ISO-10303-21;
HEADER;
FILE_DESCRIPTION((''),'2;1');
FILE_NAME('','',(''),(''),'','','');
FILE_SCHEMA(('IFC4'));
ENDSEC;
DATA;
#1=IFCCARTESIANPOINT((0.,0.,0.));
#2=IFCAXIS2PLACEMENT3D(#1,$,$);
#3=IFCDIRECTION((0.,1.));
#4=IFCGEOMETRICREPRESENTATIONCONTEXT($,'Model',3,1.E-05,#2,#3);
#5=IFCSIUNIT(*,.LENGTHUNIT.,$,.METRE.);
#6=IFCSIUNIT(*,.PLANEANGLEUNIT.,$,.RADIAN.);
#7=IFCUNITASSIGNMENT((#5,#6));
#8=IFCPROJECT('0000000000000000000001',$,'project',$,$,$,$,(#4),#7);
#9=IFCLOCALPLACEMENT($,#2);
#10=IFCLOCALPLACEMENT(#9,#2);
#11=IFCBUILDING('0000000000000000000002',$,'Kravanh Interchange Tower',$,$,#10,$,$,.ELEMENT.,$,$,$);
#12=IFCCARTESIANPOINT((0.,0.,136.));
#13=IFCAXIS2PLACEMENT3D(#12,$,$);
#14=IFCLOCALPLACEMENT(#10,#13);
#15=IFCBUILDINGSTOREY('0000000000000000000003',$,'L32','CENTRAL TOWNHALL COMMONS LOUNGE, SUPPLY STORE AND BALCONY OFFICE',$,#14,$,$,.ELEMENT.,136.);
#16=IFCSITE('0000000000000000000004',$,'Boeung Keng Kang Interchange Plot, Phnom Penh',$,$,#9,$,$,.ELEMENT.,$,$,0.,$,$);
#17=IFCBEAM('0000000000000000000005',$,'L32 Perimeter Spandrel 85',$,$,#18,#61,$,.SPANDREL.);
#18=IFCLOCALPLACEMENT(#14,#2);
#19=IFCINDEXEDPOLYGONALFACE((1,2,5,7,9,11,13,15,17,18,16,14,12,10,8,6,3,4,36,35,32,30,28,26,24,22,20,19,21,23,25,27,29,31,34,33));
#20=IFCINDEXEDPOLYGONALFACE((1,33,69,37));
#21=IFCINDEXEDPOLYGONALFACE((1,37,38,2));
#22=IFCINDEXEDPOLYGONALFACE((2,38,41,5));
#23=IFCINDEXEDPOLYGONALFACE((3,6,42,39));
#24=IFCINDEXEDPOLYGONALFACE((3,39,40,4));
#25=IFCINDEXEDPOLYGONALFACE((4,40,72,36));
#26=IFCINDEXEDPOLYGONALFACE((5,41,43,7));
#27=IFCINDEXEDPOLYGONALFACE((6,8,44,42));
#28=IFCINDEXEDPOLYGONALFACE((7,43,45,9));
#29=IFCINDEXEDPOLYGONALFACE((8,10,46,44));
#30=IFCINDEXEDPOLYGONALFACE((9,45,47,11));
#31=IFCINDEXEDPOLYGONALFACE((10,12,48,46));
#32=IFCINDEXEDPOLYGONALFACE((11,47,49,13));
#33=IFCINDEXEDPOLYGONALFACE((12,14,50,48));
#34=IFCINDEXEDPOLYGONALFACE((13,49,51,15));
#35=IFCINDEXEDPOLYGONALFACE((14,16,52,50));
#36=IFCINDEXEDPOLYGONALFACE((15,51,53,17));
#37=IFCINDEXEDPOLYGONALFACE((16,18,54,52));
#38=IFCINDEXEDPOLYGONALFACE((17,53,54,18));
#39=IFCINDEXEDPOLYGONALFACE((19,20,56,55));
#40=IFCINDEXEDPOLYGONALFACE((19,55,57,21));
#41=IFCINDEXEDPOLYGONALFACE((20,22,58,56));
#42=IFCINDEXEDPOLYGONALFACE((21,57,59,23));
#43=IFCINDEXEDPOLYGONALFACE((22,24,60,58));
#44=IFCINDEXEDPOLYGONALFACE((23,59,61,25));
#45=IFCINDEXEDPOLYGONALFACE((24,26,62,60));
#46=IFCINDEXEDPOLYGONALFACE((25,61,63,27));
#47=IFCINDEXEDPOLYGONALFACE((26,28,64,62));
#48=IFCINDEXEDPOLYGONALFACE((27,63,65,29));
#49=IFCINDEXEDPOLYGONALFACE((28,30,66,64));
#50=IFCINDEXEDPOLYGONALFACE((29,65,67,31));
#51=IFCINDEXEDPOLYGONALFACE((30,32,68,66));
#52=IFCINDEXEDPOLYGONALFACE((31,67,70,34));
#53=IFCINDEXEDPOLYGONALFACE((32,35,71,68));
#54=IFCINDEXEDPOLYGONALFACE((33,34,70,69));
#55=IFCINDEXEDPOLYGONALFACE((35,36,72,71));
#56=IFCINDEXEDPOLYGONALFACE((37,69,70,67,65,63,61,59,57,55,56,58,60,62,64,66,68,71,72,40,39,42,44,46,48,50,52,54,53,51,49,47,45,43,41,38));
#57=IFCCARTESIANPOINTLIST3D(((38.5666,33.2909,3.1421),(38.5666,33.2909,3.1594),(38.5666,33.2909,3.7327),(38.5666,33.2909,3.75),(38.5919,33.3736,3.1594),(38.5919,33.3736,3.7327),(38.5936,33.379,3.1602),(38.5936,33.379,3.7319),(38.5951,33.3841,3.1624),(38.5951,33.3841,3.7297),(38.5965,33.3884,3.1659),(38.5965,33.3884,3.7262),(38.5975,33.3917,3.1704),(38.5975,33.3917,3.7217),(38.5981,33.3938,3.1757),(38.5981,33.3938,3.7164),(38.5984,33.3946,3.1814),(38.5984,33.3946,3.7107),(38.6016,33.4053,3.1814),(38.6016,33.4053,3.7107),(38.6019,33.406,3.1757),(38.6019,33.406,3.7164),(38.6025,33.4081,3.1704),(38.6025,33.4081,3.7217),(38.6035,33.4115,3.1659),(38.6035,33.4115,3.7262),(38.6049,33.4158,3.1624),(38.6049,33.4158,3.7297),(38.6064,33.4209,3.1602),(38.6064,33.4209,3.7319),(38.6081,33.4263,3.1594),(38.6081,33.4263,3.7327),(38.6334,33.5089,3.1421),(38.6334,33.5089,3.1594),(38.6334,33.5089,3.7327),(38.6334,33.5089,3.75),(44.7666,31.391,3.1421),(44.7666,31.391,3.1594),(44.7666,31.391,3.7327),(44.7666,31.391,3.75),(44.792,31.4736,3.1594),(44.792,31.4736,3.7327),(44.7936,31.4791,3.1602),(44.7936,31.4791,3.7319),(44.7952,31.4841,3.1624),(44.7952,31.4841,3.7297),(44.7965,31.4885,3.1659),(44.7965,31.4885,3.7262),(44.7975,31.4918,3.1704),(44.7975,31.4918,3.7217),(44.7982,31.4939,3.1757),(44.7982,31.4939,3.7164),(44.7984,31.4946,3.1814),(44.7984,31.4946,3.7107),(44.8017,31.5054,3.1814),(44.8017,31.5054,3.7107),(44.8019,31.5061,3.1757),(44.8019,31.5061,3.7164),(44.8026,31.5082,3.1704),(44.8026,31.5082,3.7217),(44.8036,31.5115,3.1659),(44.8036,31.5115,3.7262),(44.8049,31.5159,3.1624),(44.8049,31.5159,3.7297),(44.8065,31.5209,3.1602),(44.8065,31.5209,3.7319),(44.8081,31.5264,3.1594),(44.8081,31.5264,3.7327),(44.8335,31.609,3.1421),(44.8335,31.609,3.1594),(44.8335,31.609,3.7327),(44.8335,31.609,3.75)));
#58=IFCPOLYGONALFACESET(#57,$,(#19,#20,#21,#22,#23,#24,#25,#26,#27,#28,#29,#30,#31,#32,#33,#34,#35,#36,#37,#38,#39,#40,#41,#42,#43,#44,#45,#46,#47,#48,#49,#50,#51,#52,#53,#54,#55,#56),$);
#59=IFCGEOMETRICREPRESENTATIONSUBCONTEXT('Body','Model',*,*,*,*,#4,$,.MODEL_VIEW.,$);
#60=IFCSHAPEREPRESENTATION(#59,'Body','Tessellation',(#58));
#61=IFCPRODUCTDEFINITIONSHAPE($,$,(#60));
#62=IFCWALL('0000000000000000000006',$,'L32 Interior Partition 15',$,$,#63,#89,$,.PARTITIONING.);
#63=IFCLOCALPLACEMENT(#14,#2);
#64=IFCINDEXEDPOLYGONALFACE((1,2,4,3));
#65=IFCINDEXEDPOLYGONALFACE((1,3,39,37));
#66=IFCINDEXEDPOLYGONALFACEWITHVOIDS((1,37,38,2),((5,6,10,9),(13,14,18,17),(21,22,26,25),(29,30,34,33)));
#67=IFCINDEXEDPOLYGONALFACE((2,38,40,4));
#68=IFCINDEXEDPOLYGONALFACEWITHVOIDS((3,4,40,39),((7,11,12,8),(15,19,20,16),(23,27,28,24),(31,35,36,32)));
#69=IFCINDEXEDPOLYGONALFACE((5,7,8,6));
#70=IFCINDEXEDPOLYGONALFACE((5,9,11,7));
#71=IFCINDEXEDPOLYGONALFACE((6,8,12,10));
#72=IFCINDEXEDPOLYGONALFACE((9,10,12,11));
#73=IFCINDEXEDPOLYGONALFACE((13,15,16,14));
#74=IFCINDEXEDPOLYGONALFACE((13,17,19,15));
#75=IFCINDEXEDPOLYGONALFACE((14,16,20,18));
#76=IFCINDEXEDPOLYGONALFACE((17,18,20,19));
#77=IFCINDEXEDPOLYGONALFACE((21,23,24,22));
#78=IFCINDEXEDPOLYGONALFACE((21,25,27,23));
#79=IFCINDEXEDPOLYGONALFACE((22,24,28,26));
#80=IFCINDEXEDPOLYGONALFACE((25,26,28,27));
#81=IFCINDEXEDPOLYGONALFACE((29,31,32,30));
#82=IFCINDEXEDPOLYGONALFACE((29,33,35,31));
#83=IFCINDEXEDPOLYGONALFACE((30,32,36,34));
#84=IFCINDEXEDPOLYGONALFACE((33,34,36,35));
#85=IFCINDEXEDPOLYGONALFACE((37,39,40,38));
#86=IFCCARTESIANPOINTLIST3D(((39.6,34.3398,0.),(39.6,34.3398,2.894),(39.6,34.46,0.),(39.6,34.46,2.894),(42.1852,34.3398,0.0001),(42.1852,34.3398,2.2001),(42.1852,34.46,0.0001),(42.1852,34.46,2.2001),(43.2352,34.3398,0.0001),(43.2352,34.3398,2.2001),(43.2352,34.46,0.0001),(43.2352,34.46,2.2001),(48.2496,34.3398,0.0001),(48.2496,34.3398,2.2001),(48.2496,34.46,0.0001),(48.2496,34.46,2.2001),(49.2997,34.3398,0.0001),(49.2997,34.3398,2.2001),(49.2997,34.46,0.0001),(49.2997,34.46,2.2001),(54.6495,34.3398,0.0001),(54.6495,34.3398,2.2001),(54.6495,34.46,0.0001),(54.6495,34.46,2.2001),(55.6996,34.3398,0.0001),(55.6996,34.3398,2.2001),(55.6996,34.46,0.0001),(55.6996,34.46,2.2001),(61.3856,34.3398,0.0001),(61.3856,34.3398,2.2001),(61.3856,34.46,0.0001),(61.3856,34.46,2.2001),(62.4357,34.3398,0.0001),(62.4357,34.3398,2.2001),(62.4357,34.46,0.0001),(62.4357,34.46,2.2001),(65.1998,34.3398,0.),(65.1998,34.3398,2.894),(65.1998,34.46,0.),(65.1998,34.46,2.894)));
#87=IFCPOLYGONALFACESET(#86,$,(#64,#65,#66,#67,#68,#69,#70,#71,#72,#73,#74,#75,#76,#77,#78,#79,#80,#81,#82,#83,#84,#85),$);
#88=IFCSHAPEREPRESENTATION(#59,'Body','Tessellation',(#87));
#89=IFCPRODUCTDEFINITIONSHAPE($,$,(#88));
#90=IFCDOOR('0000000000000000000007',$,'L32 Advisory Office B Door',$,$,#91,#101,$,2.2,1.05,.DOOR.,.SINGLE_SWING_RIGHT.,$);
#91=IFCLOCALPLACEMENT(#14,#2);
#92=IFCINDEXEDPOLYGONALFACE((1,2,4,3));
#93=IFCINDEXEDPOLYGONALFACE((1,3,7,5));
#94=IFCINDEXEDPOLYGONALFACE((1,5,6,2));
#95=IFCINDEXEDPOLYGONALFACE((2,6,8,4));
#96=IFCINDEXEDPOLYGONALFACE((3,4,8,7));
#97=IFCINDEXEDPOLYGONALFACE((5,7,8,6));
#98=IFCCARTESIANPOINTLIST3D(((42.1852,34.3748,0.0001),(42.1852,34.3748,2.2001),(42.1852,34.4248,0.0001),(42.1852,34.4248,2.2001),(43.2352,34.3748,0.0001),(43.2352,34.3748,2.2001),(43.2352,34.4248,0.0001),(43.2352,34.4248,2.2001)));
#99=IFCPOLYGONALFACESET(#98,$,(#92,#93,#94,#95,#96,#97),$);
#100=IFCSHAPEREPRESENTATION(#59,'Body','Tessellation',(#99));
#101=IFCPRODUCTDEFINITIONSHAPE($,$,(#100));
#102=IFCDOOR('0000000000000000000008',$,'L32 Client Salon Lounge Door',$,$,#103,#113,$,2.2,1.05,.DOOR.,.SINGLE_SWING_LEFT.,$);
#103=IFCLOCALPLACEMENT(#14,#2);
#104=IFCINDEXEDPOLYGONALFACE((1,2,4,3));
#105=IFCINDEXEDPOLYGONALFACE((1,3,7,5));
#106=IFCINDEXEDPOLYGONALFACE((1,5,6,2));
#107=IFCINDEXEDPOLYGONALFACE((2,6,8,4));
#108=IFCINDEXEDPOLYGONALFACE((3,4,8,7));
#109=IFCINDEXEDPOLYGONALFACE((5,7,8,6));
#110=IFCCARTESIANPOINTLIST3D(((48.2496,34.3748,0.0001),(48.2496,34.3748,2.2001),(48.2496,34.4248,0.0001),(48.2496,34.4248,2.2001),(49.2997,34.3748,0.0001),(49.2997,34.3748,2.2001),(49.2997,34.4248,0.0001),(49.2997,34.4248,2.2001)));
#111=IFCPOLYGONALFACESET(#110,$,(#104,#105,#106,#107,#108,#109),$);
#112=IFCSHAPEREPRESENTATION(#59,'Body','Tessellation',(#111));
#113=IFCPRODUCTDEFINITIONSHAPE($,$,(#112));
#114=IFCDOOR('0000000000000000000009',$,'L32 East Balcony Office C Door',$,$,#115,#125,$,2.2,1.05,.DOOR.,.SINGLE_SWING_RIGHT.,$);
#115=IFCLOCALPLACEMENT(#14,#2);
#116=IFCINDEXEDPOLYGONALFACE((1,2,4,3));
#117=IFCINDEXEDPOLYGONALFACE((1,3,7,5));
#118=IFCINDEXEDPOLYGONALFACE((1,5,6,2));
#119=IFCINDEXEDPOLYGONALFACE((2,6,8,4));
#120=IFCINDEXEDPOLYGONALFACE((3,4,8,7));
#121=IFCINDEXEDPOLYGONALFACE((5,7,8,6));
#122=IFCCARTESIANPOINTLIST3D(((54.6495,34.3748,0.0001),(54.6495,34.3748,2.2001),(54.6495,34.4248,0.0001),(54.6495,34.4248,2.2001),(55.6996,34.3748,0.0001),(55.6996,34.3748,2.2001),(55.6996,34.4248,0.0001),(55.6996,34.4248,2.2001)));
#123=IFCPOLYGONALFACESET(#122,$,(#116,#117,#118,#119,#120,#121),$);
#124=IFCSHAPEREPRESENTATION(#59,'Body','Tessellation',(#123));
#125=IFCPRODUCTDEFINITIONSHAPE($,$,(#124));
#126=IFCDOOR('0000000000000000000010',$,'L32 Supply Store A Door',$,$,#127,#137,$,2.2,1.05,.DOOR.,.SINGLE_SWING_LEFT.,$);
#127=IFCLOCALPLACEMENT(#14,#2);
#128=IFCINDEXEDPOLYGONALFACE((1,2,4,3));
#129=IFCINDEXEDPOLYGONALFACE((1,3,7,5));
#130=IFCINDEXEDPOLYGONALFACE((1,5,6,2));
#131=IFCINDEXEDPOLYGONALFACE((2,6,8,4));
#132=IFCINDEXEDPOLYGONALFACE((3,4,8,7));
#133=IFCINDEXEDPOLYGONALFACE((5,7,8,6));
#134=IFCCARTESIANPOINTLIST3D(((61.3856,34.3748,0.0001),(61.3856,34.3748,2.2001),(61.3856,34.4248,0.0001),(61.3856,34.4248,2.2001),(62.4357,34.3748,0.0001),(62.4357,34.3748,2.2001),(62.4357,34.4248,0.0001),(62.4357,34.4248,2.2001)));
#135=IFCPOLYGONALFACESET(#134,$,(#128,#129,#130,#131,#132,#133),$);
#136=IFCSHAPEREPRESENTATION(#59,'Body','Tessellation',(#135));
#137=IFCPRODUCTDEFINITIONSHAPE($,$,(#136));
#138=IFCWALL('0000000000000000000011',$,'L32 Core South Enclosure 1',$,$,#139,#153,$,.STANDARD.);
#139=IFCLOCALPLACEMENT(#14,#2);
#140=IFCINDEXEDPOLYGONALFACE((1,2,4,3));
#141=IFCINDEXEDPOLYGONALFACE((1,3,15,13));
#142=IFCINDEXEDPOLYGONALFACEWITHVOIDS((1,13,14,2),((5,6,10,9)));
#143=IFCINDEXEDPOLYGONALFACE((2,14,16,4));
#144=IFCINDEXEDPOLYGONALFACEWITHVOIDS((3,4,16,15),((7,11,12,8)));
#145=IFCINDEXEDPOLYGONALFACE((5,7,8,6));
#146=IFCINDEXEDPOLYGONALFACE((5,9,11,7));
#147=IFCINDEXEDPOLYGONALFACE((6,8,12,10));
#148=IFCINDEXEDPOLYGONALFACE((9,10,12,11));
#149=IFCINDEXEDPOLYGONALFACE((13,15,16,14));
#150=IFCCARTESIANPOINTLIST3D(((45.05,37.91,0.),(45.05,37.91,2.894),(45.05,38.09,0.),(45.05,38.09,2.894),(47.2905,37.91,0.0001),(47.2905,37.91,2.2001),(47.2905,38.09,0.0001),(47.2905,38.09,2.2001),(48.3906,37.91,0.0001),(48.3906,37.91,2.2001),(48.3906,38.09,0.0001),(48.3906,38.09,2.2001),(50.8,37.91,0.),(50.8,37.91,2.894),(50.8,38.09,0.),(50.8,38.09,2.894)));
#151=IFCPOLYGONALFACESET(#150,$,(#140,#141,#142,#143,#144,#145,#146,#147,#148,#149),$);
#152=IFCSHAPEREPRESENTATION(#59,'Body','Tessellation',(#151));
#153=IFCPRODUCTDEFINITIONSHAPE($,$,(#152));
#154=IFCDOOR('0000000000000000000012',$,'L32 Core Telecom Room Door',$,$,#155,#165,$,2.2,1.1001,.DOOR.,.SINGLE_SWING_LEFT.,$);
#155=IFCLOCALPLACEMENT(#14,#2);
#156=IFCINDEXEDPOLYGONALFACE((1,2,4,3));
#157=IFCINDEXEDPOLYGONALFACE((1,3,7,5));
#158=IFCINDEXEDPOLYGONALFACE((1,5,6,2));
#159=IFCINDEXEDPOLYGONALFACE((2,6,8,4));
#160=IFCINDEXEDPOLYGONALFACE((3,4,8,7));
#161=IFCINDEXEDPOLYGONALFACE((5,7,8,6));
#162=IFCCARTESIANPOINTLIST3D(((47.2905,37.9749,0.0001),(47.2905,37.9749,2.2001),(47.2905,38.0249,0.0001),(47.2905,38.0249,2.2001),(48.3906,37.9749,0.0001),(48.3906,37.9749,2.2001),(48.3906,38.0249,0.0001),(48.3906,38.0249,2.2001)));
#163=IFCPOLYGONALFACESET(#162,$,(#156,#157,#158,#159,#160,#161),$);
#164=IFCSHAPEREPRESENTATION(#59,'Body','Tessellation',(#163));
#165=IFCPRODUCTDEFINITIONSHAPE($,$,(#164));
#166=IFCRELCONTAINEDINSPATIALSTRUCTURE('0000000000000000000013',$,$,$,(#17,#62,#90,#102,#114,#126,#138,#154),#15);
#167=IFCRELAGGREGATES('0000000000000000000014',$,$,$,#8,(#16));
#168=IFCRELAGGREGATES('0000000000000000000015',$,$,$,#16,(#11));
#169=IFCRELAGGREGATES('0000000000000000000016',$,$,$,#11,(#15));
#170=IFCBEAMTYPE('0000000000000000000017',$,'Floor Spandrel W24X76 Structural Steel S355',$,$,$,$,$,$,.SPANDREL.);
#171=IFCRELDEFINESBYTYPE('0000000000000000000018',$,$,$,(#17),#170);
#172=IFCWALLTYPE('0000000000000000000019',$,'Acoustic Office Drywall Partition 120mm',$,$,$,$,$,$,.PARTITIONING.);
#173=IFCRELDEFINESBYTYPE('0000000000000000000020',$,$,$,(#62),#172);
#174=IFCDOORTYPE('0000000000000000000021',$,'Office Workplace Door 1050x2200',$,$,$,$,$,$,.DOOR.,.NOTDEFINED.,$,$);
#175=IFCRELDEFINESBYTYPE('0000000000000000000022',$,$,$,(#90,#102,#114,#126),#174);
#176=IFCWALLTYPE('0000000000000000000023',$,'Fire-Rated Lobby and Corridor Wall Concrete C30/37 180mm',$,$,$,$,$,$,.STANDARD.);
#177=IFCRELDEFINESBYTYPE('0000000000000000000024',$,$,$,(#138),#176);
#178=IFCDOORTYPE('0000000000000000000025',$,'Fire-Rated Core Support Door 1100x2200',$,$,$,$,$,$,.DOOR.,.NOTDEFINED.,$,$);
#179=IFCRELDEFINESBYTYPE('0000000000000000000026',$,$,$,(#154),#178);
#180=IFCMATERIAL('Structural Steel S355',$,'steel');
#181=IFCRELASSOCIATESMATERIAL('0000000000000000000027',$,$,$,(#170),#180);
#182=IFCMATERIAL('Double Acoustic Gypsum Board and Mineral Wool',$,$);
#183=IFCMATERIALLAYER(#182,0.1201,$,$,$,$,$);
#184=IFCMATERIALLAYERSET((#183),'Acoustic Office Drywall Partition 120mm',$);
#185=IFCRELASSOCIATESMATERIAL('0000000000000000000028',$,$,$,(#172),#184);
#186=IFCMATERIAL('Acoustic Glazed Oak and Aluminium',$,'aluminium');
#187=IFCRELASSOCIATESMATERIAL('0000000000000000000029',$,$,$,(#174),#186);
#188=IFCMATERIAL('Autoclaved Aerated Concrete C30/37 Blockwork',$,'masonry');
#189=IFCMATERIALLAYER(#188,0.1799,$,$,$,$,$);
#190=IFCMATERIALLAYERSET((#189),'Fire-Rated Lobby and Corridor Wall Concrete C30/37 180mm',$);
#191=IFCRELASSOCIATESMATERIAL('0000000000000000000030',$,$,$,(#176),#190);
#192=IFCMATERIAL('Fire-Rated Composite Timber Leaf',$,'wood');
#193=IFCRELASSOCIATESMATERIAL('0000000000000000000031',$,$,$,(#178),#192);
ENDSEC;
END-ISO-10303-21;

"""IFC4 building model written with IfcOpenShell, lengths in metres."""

from ifc_helpers import new_model, si_unit, direction, frame, frame_2d, origin, origin_2d, place, context, subcontext, project, spatial, rectangle, i_section, extrude, material, layer, layer_set, material_profile, profile_set, type_object, element, fill, save


model = new_model("IFC4")

# Units and contexts
model_context = context("Model", 3, precision=1e-05, world=origin(), true_north=direction((0.0, 1.0)))
body_context = subcontext(model_context, "Body", "Model", "MODEL_VIEW")
ifc_project = project(units=[si_unit("LENGTHUNIT", "METRE"), si_unit("PLANEANGLEUNIT", "RADIAN")], contexts=[model_context])

# Site, building, storey
site_placement = place(None, origin())
site = spatial("IfcSite", under=ifc_project, at=site_placement, Name="Boeung Keng Kang Interchange Plot, Phnom Penh", CompositionType="ELEMENT", RefElevation=0.0)
building_placement = place(site_placement, origin())
building = spatial("IfcBuilding", under=site, at=building_placement, Name="Kravanh Interchange Tower", CompositionType="ELEMENT")
storey_placement = place(building_placement, frame((0.0, 0.0, 136.0)))
storey = spatial("IfcBuildingStorey", under=building, at=storey_placement, Name="L32", Description="CENTRAL TOWNHALL COMMONS LOUNGE, SUPPLY STORE AND BALCONY OFFICE", CompositionType="ELEMENT", Elevation=136.0)

# Beam
ifc_material_1 = material(Name="Structural Steel S355", Category="steel")
ifc_material_profile_1 = material_profile(ifc_material_1, i_section(OverallWidth=0.228, OverallDepth=0.6079, WebThickness=0.0112, FlangeThickness=0.0173, FilletRadius=0.022, at=origin_2d()), Name="W24X76")
ifc_profile_set_1 = profile_set([ifc_material_profile_1], Name="Structural Steel S355")
beam_type_1 = type_object("IfcBeamType", Name="Floor Spandrel W24X76 Structural Steel S355", PredefinedType="SPANDREL", material=ifc_profile_set_1)
beam_1_placement = place(storey_placement, frame((44.8, 31.5, 3.446), z_axis=(-0.956115, 0.29299, 0.0), x_axis=(-0.29299, -0.956115, 0.0)))
element("IfcBeam", 1, at=beam_1_placement, inside=storey, type_object=beam_type_1, Name="L32 Perimeter Spandrel 85", PredefinedType="SPANDREL", context=body_context, shape_type="SweptSolid", body=[
    extrude(i_section(OverallWidth=0.228, OverallDepth=0.6079, WebThickness=0.0112, FlangeThickness=0.0173, FilletRadius=0.022, at=origin_2d()), origin(), (0.0, 0.0, 1.0), 6.4846),
])

# Wall, openings, doors
ifc_material_2 = material(Name="Double Acoustic Gypsum Board and Mineral Wool")
ifc_layer_1 = layer(ifc_material_2, 0.1201)
ifc_layer_set_1 = layer_set([ifc_layer_1], Name="Acoustic Office Drywall Partition 120mm")
wall_type_1 = type_object("IfcWallType", Name="Acoustic Office Drywall Partition 120mm", PredefinedType="PARTITIONING", material=ifc_layer_set_1)
wall_1_placement = place(storey_placement, frame((39.6001, 34.3999, 0.0), z_axis=(0.0, 0.0, 1.0), x_axis=(1.0, 0.0, 0.0)))
wall_1 = element("IfcWall", 2, at=wall_1_placement, inside=storey, type_object=wall_type_1, Name="L32 Interior Partition 15", PredefinedType="PARTITIONING", context=body_context, shape_type="SweptSolid", body=[
    extrude(rectangle(XDim=25.5999, YDim=0.1201, at=frame_2d((12.7998, 0.0))), origin(), (0.0, 0.0, 1.0), 2.894),
])
opening_1_placement = place(wall_1_placement, frame((2.5852, 0.0, 0.0)))
opening_1 = element("IfcOpeningElement", 3, at=opening_1_placement, cuts=wall_1, PredefinedType="OPENING", context=body_context, shape_type="SweptSolid", body=[
    extrude(rectangle(XDim=1.05, YDim=2.2, at=frame_2d((0.5249, 1.1001))), frame((0.0, 0.0701, 0.0), z_axis=(0.0, -1.0, 0.0), x_axis=(1.0, 0.0, 0.0)), (0.0, 0.0, 1.0), 0.1401),
])
opening_2_placement = place(wall_1_placement, frame((8.6497, 0.0, 0.0)))
opening_2 = element("IfcOpeningElement", 4, at=opening_2_placement, cuts=wall_1, PredefinedType="OPENING", context=body_context, shape_type="SweptSolid", body=[
    extrude(rectangle(XDim=1.05, YDim=2.2, at=frame_2d((0.5249, 1.1001))), frame((0.0, 0.0701, 0.0), z_axis=(0.0, -1.0, 0.0), x_axis=(1.0, 0.0, 0.0)), (0.0, 0.0, 1.0), 0.1401),
])
opening_3_placement = place(wall_1_placement, frame((15.0496, 0.0, 0.0)))
opening_3 = element("IfcOpeningElement", 5, at=opening_3_placement, cuts=wall_1, PredefinedType="OPENING", context=body_context, shape_type="SweptSolid", body=[
    extrude(rectangle(XDim=1.05, YDim=2.2, at=frame_2d((0.5249, 1.1001))), frame((0.0, 0.0701, 0.0), z_axis=(0.0, -1.0, 0.0), x_axis=(1.0, 0.0, 0.0)), (0.0, 0.0, 1.0), 0.1401),
])
opening_4_placement = place(wall_1_placement, frame((21.7856, 0.0, 0.0)))
opening_4 = element("IfcOpeningElement", 6, at=opening_4_placement, cuts=wall_1, PredefinedType="OPENING", context=body_context, shape_type="SweptSolid", body=[
    extrude(rectangle(XDim=1.05, YDim=2.2, at=frame_2d((0.5249, 1.1001))), frame((0.0, 0.0701, 0.0), z_axis=(0.0, -1.0, 0.0), x_axis=(1.0, 0.0, 0.0)), (0.0, 0.0, 1.0), 0.1401),
])
ifc_material_3 = material(Name="Acoustic Glazed Oak and Aluminium", Category="aluminium")
door_type_1 = type_object("IfcDoorType", Name="Office Workplace Door 1050x2200", OperationType="NOTDEFINED", PredefinedType="DOOR", material=ifc_material_3)
door_1_placement = place(opening_1_placement, origin())
door_1 = element("IfcDoor", 7, at=door_1_placement, inside=storey, type_object=door_type_1, Name="L32 Advisory Office B Door", OperationType="SINGLE_SWING_RIGHT", OverallHeight=2.2, OverallWidth=1.05, PredefinedType="DOOR", context=body_context, shape_type="SweptSolid", body=[
    extrude(rectangle(XDim=1.05, YDim=2.2, at=frame_2d((0.5249, 1.1001))), frame((0.0, 0.0249, 0.0), z_axis=(0.0, -1.0, 0.0), x_axis=(1.0, 0.0, 0.0)), (0.0, 0.0, 1.0), 0.05),
])
fill(opening_1, door_1)
door_2_placement = place(opening_2_placement, origin())
door_2 = element("IfcDoor", 8, at=door_2_placement, inside=storey, type_object=door_type_1, Name="L32 Client Salon Lounge Door", OperationType="SINGLE_SWING_LEFT", OverallHeight=2.2, OverallWidth=1.05, PredefinedType="DOOR", context=body_context, shape_type="SweptSolid", body=[
    extrude(rectangle(XDim=1.05, YDim=2.2, at=frame_2d((0.5249, 1.1001))), frame((0.0, 0.0249, 0.0), z_axis=(0.0, -1.0, 0.0), x_axis=(1.0, 0.0, 0.0)), (0.0, 0.0, 1.0), 0.05),
])
fill(opening_2, door_2)
door_3_placement = place(opening_3_placement, origin())
door_3 = element("IfcDoor", 9, at=door_3_placement, inside=storey, type_object=door_type_1, Name="L32 East Balcony Office C Door", OperationType="SINGLE_SWING_RIGHT", OverallHeight=2.2, OverallWidth=1.05, PredefinedType="DOOR", context=body_context, shape_type="SweptSolid", body=[
    extrude(rectangle(XDim=1.05, YDim=2.2, at=frame_2d((0.5249, 1.1001))), frame((0.0, 0.0249, 0.0), z_axis=(0.0, -1.0, 0.0), x_axis=(1.0, 0.0, 0.0)), (0.0, 0.0, 1.0), 0.05),
])
fill(opening_3, door_3)
door_4_placement = place(opening_4_placement, origin())
door_4 = element("IfcDoor", 10, at=door_4_placement, inside=storey, type_object=door_type_1, Name="L32 Supply Store A Door", OperationType="SINGLE_SWING_LEFT", OverallHeight=2.2, OverallWidth=1.05, PredefinedType="DOOR", context=body_context, shape_type="SweptSolid", body=[
    extrude(rectangle(XDim=1.05, YDim=2.2, at=frame_2d((0.5249, 1.1001))), frame((0.0, 0.0249, 0.0), z_axis=(0.0, -1.0, 0.0), x_axis=(1.0, 0.0, 0.0)), (0.0, 0.0, 1.0), 0.05),
])
fill(opening_4, door_4)

# Wall, opening, door
ifc_material_4 = material(Name="Autoclaved Aerated Concrete C30/37 Blockwork", Category="masonry")
ifc_layer_2 = layer(ifc_material_4, 0.1799)
ifc_layer_set_2 = layer_set([ifc_layer_2], Name="Fire-Rated Lobby and Corridor Wall Concrete C30/37 180mm")
wall_type_2 = type_object("IfcWallType", Name="Fire-Rated Lobby and Corridor Wall Concrete C30/37 180mm", PredefinedType="STANDARD", material=ifc_layer_set_2)
wall_2_placement = place(storey_placement, frame((45.05, 38.0, 0.0), z_axis=(0.0, 0.0, 1.0), x_axis=(1.0, 0.0, 0.0)))
wall_2 = element("IfcWall", 11, at=wall_2_placement, inside=storey, type_object=wall_type_2, Name="L32 Core South Enclosure 1", PredefinedType="STANDARD", context=body_context, shape_type="SweptSolid", body=[
    extrude(rectangle(XDim=5.75, YDim=0.1799, at=frame_2d((2.875, 0.0))), origin(), (0.0, 0.0, 1.0), 2.894),
])
opening_5_placement = place(wall_2_placement, frame((2.2405, 0.0, 0.0)))
opening_5 = element("IfcOpeningElement", 12, at=opening_5_placement, cuts=wall_2, PredefinedType="OPENING", context=body_context, shape_type="SweptSolid", body=[
    extrude(rectangle(XDim=1.1001, YDim=2.2, at=frame_2d((0.55, 1.1001))), frame((0.0, 0.1001, 0.0), z_axis=(0.0, -1.0, 0.0), x_axis=(1.0, 0.0, 0.0)), (0.0, 0.0, 1.0), 0.2),
])
ifc_material_5 = material(Name="Fire-Rated Composite Timber Leaf", Category="wood")
door_type_2 = type_object("IfcDoorType", Name="Fire-Rated Core Support Door 1100x2200", OperationType="NOTDEFINED", PredefinedType="DOOR", material=ifc_material_5)
door_5_placement = place(opening_5_placement, origin())
door_5 = element("IfcDoor", 13, at=door_5_placement, inside=storey, type_object=door_type_2, Name="L32 Core Telecom Room Door", OperationType="SINGLE_SWING_LEFT", OverallHeight=2.2, OverallWidth=1.1001, PredefinedType="DOOR", context=body_context, shape_type="SweptSolid", body=[
    extrude(rectangle(XDim=1.1001, YDim=2.2, at=frame_2d((0.55, 1.1001))), frame((0.0, 0.0249, 0.0), z_axis=(0.0, -1.0, 0.0), x_axis=(1.0, 0.0, 0.0)), (0.0, 0.0, 1.0), 0.05),
])
fill(opening_5, door_5)

save(model, "model.ifc")
